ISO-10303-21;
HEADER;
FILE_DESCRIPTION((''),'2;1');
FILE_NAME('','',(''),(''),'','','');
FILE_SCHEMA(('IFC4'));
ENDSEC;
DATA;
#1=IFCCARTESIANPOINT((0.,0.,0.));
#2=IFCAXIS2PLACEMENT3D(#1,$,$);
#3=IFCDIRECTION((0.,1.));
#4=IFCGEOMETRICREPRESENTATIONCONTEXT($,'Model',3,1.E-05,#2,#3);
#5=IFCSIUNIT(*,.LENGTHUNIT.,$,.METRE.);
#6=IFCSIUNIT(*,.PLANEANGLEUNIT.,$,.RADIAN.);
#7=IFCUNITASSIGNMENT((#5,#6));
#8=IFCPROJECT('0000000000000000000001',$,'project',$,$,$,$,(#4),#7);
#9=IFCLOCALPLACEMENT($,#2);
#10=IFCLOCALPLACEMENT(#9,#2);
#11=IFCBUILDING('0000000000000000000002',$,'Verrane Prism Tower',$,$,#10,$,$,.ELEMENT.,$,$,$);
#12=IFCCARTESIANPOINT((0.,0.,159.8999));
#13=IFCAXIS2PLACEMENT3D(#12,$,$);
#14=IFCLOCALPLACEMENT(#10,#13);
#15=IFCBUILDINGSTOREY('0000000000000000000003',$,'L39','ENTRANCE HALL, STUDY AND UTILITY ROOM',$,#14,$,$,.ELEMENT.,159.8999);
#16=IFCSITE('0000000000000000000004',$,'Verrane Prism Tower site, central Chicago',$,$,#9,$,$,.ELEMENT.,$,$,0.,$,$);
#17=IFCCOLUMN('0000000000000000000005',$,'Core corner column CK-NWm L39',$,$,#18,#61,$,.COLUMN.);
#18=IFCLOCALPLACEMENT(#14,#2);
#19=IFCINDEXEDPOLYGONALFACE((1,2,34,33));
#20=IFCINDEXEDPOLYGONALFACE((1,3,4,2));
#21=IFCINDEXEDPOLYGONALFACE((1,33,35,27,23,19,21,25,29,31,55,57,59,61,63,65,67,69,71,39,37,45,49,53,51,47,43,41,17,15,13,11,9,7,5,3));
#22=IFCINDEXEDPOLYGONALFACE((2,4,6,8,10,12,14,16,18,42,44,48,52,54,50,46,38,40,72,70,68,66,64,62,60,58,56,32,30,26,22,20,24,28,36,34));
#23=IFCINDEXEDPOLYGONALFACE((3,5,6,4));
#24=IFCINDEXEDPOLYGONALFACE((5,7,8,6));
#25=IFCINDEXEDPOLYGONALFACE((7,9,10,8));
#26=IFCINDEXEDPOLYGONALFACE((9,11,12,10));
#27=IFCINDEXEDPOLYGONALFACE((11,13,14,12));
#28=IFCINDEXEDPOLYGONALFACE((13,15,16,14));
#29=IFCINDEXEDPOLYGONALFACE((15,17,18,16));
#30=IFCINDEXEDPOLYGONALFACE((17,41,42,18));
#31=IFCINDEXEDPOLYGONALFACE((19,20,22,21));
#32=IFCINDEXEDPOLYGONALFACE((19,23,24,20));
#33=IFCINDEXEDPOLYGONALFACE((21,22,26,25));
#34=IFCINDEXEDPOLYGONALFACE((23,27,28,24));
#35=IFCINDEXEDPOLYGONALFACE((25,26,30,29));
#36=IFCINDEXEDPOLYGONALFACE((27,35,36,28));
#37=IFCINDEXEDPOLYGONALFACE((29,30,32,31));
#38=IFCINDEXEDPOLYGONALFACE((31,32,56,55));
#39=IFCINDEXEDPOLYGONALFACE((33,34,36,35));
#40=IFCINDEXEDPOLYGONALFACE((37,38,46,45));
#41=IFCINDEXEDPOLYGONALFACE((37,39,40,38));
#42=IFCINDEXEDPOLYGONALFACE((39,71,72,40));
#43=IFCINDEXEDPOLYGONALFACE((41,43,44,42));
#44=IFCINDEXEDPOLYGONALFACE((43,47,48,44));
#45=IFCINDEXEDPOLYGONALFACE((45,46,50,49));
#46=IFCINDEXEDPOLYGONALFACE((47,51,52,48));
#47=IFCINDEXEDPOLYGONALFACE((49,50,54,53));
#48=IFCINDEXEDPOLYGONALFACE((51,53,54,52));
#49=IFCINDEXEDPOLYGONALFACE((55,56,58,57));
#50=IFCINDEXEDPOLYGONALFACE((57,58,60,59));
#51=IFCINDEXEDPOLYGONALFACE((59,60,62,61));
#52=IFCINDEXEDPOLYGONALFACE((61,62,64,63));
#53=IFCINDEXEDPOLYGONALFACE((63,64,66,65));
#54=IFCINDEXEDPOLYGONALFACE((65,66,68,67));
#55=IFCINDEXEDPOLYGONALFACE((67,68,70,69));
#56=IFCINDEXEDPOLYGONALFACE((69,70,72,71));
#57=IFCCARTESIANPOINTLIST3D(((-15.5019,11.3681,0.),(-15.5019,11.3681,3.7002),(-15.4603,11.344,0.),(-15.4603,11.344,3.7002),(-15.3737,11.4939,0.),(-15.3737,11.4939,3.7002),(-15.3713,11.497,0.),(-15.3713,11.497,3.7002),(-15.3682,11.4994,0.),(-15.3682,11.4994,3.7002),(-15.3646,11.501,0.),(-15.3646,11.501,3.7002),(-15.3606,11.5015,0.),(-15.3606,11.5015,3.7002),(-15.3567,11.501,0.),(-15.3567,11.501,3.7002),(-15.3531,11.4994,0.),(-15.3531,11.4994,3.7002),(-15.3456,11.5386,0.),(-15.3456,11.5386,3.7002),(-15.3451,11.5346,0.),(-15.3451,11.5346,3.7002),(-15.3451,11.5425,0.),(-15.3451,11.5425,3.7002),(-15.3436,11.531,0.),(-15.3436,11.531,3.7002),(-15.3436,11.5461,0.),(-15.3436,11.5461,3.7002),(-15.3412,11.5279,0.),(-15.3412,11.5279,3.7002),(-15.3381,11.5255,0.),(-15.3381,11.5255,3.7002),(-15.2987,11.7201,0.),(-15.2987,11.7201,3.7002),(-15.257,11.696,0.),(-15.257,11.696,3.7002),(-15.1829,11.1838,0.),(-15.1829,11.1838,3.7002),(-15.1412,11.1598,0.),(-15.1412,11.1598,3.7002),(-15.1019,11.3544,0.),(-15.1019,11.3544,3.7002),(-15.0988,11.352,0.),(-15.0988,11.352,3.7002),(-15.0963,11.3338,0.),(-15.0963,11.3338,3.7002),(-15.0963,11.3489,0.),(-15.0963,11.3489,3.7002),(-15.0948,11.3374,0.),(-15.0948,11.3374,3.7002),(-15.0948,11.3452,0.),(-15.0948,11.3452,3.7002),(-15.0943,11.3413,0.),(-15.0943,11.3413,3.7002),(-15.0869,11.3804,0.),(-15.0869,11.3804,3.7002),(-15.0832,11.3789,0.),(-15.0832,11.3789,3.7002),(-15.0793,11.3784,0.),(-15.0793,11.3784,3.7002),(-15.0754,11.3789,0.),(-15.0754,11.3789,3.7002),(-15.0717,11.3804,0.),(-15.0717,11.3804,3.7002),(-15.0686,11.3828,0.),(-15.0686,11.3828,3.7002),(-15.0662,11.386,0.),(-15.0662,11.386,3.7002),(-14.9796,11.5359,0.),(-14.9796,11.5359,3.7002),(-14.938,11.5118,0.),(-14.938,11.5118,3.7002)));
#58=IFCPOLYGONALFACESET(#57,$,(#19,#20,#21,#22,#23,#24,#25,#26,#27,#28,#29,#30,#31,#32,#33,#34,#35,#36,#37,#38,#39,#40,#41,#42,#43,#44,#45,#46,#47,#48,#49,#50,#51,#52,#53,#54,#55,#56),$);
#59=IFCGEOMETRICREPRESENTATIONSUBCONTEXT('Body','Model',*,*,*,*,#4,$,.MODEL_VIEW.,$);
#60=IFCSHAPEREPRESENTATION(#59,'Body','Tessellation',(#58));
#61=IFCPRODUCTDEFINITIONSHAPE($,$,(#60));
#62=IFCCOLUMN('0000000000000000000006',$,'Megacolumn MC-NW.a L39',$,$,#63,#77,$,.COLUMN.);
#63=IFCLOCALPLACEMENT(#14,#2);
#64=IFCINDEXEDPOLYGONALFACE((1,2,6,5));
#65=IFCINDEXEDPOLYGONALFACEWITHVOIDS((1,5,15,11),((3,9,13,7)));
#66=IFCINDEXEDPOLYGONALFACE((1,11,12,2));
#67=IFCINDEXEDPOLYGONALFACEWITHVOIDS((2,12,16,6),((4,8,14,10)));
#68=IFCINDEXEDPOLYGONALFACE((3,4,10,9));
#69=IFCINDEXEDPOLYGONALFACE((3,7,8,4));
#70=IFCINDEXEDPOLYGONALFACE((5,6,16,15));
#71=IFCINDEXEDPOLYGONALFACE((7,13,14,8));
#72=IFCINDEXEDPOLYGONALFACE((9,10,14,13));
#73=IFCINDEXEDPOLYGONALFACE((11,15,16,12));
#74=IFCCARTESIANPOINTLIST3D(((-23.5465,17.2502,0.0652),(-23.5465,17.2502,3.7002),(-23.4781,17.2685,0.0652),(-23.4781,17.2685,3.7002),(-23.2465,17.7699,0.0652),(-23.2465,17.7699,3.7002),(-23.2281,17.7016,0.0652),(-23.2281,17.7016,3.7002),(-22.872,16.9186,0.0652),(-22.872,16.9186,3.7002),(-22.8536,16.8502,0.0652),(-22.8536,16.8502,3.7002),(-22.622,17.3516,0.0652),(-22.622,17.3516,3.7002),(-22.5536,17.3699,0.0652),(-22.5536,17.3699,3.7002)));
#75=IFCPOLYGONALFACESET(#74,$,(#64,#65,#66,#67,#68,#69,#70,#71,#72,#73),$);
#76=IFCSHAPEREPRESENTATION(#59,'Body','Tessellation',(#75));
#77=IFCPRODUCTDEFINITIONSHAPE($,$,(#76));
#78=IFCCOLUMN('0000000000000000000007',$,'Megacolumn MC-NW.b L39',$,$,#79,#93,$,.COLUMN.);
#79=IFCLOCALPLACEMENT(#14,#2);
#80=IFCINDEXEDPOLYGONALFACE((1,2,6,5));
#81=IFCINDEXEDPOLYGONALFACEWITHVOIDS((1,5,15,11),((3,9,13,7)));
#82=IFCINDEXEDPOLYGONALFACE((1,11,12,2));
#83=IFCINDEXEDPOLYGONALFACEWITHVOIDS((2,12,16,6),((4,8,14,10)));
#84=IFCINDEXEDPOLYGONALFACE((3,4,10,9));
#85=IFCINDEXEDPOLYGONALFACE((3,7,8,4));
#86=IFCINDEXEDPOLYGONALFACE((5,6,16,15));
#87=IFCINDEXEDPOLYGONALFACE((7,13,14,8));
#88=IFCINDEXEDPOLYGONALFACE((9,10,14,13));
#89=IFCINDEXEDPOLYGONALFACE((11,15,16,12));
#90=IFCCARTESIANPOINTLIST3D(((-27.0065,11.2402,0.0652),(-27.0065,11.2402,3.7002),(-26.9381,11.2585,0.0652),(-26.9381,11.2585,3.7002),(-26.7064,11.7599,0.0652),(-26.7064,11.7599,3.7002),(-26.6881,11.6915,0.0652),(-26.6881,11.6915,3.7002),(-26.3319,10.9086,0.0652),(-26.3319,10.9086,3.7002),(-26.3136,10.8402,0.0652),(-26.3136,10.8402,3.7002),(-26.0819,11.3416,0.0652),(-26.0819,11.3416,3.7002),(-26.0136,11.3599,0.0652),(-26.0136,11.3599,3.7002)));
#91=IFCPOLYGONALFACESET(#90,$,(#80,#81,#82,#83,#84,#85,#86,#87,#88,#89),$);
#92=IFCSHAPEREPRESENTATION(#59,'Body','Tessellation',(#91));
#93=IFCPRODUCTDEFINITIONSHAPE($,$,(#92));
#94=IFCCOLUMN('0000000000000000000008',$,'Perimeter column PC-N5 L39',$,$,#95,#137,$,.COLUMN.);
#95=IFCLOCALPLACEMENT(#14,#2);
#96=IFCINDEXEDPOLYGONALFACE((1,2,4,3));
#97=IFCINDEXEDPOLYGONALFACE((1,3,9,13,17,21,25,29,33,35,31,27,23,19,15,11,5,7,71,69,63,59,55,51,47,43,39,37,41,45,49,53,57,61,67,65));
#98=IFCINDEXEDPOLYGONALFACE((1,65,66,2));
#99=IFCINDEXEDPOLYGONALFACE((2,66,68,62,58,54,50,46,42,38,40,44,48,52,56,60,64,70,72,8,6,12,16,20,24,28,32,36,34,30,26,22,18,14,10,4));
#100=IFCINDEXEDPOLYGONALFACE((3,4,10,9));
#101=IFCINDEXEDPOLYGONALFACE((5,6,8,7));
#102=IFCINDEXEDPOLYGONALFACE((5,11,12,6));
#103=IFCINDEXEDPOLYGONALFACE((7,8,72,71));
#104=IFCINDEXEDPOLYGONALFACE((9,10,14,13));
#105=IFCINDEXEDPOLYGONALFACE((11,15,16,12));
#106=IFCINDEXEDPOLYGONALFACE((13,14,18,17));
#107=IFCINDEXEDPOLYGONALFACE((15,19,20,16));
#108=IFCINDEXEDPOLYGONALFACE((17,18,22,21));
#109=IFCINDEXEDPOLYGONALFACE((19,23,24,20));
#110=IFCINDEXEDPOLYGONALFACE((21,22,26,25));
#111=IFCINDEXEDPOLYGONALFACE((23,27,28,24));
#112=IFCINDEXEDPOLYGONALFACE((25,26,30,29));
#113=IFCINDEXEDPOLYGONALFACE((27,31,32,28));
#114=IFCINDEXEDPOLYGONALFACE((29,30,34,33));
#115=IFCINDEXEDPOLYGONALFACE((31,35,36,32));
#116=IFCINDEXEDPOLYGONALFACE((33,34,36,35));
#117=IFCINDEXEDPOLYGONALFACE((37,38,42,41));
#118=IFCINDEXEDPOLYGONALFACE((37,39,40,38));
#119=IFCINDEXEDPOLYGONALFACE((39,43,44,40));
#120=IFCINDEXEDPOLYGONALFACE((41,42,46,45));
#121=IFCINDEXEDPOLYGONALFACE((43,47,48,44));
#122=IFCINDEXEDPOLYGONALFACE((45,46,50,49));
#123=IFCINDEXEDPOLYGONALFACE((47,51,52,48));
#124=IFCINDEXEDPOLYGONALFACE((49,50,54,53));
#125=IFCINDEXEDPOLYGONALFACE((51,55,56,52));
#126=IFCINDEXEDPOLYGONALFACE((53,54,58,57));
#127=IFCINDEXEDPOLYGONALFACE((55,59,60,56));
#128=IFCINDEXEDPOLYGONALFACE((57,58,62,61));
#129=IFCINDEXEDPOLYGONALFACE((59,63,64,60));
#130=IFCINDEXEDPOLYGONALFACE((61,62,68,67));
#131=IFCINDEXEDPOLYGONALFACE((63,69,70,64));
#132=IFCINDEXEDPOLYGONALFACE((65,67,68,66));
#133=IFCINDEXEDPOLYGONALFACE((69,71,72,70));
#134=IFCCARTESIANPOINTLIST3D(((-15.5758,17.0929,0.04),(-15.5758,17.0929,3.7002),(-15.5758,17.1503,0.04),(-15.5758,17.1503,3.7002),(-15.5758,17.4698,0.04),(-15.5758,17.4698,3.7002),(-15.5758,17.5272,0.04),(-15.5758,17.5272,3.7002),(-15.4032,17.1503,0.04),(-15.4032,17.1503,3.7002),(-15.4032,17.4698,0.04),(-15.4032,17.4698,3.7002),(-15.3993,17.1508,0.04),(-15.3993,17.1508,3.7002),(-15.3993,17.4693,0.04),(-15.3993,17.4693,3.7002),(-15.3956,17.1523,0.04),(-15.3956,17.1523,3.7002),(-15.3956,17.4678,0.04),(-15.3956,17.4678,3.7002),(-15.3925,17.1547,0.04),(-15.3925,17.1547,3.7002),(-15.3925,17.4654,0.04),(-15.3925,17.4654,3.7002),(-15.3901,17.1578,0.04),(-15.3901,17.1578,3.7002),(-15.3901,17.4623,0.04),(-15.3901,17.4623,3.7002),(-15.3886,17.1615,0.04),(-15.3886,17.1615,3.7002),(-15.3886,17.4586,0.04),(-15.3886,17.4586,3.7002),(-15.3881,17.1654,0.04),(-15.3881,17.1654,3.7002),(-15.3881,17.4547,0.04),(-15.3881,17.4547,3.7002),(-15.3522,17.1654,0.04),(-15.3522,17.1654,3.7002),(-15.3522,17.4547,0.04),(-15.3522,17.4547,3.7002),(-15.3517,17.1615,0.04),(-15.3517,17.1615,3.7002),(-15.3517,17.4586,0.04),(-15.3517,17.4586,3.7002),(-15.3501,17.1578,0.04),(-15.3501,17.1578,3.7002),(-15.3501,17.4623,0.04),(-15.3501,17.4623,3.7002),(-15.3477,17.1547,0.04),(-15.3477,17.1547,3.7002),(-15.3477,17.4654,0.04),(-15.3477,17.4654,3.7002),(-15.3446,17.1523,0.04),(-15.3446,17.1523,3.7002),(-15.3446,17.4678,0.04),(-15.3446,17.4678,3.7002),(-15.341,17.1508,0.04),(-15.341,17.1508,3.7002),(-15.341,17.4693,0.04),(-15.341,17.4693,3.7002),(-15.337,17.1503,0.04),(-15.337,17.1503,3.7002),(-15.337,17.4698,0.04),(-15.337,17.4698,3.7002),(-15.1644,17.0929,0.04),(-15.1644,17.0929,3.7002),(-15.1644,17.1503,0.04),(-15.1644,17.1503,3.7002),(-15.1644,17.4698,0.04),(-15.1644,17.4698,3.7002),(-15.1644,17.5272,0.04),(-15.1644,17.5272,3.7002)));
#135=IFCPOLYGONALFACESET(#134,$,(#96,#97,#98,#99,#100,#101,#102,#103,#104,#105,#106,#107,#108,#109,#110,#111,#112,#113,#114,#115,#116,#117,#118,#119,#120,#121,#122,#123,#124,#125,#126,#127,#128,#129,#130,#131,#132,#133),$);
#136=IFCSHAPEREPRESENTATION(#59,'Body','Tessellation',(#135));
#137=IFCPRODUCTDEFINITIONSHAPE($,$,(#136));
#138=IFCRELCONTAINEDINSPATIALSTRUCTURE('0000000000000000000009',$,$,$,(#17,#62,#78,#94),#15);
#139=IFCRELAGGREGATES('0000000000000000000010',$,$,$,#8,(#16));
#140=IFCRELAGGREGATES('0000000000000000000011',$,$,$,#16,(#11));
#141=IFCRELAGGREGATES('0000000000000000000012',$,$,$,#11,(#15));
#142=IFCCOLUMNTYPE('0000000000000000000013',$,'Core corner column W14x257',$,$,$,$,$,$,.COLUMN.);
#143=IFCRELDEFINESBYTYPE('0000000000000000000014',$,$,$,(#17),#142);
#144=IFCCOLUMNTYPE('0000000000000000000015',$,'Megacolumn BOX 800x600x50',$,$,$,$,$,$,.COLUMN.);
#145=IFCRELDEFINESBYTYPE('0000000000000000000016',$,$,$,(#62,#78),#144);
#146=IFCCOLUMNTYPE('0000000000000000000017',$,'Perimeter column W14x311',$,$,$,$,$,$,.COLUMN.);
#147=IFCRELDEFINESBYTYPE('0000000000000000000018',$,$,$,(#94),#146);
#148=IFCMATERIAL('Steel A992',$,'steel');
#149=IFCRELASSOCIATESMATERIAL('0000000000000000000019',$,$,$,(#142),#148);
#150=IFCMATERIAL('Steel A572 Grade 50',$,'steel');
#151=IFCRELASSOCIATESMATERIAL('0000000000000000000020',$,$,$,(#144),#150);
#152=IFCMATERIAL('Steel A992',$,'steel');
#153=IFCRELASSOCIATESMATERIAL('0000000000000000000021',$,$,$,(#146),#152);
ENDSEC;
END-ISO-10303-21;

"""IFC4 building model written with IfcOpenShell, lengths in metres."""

from ifc_helpers import new_model, si_unit, direction, frame, origin, origin_2d, place, context, subcontext, project, spatial, hollow_rectangle, i_section, extrude, material, material_profile, profile_set, type_object, element, save


model = new_model("IFC4")

# Units and contexts
model_context = context("Model", 3, precision=1e-05, world=origin(), true_north=direction((0.0, 1.0)))
body_context = subcontext(model_context, "Body", "Model", "MODEL_VIEW")
ifc_project = project(units=[si_unit("LENGTHUNIT", "METRE"), si_unit("PLANEANGLEUNIT", "RADIAN")], contexts=[model_context])

# Site, building, storey
site_placement = place(None, origin())
site = spatial("IfcSite", under=ifc_project, at=site_placement, Name="Verrane Prism Tower site, central Chicago", CompositionType="ELEMENT", RefElevation=0.0)
building_placement = place(site_placement, origin())
building = spatial("IfcBuilding", under=site, at=building_placement, Name="Verrane Prism Tower", CompositionType="ELEMENT")
storey_placement = place(building_placement, frame((0.0, 0.0, 159.8999)))
storey = spatial("IfcBuildingStorey", under=building, at=storey_placement, Name="L39", Description="ENTRANCE HALL, STUDY AND UTILITY ROOM", CompositionType="ELEMENT", Elevation=159.8999)

# Columns
ifc_material_1 = material(Name="Steel A992", Category="steel")
ifc_material_profile_1 = material_profile(ifc_material_1, i_section(OverallWidth=0.4065, OverallDepth=0.4165, WebThickness=0.03, FlangeThickness=0.0481, FilletRadius=0.0151, at=origin_2d()), Name="W14x257")
ifc_profile_set_1 = profile_set([ifc_material_profile_1], Name="Steel A992")
column_type_1 = type_object("IfcColumnType", Name="Core corner column W14x257", PredefinedType="COLUMN", material=ifc_profile_set_1)
column_1_placement = place(storey_placement, frame((-15.22, 11.4399, 0.0), z_axis=(0.0, 0.0, 1.0), x_axis=(0.5, 0.866025, 0.0)))
element("IfcColumn", 1, at=column_1_placement, inside=storey, type_object=column_type_1, Name="Core corner column CK-NWm L39", PredefinedType="COLUMN", context=body_context, shape_type="SweptSolid", body=[
    extrude(i_section(OverallWidth=0.4065, OverallDepth=0.4165, WebThickness=0.03, FlangeThickness=0.0481, FilletRadius=0.0151, at=origin_2d()), origin(), (0.0, 0.0, 1.0), 3.7002),
])
ifc_material_2 = material(Name="Steel A572 Grade 50", Category="steel")
ifc_material_profile_2 = material_profile(ifc_material_2, hollow_rectangle(XDim=0.6001, YDim=0.8, WallThickness=0.05, at=origin_2d()), Name="BOX 800x600x50")
ifc_profile_set_2 = profile_set([ifc_material_profile_2], Name="Steel A572 Grade 50")
column_type_2 = type_object("IfcColumnType", Name="Megacolumn BOX 800x600x50", PredefinedType="COLUMN", material=ifc_profile_set_2)
for number, where, z_axis, x_axis, name in (
    (2, (-23.05, 17.3101, 0.0652), (0.0, 0.0, 1.0), (0.5, 0.866025, 0.0), "Megacolumn MC-NW.a L39"),
    (3, (-26.51, 11.3, 0.0652), (0.0, 0.0, 1.0), (0.5, 0.866025, 0.0), "Megacolumn MC-NW.b L39"),
):
    element("IfcColumn", number, at=place(storey_placement, frame(where, z_axis=z_axis, x_axis=x_axis)), inside=storey, type_object=column_type_2, Name=name, PredefinedType="COLUMN", context=body_context, shape_type="SweptSolid", body=[
        extrude(hollow_rectangle(XDim=0.6001, YDim=0.8, WallThickness=0.05, at=origin_2d()), origin(), (0.0, 0.0, 1.0), 3.635),
    ])
ifc_material_3 = material(Name="Steel A992", Category="steel")
ifc_material_profile_3 = material_profile(ifc_material_3, i_section(OverallWidth=0.4114, OverallDepth=0.4343, WebThickness=0.0359, FlangeThickness=0.0574, FilletRadius=0.0151, at=origin_2d()), Name="W14x311")
ifc_profile_set_3 = profile_set([ifc_material_profile_3], Name="Steel A992")
column_type_3 = type_object("IfcColumnType", Name="Perimeter column W14x311", PredefinedType="COLUMN", material=ifc_profile_set_3)
column_2_placement = place(storey_placement, frame((-15.3701, 17.3101, 0.04), z_axis=(0.0, 0.0, 1.0), x_axis=(1.0, 0.0, 0.0)))
element("IfcColumn", 4, at=column_2_placement, inside=storey, type_object=column_type_3, Name="Perimeter column PC-N5 L39", PredefinedType="COLUMN", context=body_context, shape_type="SweptSolid", body=[
    extrude(i_section(OverallWidth=0.4114, OverallDepth=0.4343, WebThickness=0.0359, FlangeThickness=0.0574, FilletRadius=0.0151, at=origin_2d()), origin(), (0.0, 0.0, 1.0), 3.6602),
])

save(model, "model.ifc")
